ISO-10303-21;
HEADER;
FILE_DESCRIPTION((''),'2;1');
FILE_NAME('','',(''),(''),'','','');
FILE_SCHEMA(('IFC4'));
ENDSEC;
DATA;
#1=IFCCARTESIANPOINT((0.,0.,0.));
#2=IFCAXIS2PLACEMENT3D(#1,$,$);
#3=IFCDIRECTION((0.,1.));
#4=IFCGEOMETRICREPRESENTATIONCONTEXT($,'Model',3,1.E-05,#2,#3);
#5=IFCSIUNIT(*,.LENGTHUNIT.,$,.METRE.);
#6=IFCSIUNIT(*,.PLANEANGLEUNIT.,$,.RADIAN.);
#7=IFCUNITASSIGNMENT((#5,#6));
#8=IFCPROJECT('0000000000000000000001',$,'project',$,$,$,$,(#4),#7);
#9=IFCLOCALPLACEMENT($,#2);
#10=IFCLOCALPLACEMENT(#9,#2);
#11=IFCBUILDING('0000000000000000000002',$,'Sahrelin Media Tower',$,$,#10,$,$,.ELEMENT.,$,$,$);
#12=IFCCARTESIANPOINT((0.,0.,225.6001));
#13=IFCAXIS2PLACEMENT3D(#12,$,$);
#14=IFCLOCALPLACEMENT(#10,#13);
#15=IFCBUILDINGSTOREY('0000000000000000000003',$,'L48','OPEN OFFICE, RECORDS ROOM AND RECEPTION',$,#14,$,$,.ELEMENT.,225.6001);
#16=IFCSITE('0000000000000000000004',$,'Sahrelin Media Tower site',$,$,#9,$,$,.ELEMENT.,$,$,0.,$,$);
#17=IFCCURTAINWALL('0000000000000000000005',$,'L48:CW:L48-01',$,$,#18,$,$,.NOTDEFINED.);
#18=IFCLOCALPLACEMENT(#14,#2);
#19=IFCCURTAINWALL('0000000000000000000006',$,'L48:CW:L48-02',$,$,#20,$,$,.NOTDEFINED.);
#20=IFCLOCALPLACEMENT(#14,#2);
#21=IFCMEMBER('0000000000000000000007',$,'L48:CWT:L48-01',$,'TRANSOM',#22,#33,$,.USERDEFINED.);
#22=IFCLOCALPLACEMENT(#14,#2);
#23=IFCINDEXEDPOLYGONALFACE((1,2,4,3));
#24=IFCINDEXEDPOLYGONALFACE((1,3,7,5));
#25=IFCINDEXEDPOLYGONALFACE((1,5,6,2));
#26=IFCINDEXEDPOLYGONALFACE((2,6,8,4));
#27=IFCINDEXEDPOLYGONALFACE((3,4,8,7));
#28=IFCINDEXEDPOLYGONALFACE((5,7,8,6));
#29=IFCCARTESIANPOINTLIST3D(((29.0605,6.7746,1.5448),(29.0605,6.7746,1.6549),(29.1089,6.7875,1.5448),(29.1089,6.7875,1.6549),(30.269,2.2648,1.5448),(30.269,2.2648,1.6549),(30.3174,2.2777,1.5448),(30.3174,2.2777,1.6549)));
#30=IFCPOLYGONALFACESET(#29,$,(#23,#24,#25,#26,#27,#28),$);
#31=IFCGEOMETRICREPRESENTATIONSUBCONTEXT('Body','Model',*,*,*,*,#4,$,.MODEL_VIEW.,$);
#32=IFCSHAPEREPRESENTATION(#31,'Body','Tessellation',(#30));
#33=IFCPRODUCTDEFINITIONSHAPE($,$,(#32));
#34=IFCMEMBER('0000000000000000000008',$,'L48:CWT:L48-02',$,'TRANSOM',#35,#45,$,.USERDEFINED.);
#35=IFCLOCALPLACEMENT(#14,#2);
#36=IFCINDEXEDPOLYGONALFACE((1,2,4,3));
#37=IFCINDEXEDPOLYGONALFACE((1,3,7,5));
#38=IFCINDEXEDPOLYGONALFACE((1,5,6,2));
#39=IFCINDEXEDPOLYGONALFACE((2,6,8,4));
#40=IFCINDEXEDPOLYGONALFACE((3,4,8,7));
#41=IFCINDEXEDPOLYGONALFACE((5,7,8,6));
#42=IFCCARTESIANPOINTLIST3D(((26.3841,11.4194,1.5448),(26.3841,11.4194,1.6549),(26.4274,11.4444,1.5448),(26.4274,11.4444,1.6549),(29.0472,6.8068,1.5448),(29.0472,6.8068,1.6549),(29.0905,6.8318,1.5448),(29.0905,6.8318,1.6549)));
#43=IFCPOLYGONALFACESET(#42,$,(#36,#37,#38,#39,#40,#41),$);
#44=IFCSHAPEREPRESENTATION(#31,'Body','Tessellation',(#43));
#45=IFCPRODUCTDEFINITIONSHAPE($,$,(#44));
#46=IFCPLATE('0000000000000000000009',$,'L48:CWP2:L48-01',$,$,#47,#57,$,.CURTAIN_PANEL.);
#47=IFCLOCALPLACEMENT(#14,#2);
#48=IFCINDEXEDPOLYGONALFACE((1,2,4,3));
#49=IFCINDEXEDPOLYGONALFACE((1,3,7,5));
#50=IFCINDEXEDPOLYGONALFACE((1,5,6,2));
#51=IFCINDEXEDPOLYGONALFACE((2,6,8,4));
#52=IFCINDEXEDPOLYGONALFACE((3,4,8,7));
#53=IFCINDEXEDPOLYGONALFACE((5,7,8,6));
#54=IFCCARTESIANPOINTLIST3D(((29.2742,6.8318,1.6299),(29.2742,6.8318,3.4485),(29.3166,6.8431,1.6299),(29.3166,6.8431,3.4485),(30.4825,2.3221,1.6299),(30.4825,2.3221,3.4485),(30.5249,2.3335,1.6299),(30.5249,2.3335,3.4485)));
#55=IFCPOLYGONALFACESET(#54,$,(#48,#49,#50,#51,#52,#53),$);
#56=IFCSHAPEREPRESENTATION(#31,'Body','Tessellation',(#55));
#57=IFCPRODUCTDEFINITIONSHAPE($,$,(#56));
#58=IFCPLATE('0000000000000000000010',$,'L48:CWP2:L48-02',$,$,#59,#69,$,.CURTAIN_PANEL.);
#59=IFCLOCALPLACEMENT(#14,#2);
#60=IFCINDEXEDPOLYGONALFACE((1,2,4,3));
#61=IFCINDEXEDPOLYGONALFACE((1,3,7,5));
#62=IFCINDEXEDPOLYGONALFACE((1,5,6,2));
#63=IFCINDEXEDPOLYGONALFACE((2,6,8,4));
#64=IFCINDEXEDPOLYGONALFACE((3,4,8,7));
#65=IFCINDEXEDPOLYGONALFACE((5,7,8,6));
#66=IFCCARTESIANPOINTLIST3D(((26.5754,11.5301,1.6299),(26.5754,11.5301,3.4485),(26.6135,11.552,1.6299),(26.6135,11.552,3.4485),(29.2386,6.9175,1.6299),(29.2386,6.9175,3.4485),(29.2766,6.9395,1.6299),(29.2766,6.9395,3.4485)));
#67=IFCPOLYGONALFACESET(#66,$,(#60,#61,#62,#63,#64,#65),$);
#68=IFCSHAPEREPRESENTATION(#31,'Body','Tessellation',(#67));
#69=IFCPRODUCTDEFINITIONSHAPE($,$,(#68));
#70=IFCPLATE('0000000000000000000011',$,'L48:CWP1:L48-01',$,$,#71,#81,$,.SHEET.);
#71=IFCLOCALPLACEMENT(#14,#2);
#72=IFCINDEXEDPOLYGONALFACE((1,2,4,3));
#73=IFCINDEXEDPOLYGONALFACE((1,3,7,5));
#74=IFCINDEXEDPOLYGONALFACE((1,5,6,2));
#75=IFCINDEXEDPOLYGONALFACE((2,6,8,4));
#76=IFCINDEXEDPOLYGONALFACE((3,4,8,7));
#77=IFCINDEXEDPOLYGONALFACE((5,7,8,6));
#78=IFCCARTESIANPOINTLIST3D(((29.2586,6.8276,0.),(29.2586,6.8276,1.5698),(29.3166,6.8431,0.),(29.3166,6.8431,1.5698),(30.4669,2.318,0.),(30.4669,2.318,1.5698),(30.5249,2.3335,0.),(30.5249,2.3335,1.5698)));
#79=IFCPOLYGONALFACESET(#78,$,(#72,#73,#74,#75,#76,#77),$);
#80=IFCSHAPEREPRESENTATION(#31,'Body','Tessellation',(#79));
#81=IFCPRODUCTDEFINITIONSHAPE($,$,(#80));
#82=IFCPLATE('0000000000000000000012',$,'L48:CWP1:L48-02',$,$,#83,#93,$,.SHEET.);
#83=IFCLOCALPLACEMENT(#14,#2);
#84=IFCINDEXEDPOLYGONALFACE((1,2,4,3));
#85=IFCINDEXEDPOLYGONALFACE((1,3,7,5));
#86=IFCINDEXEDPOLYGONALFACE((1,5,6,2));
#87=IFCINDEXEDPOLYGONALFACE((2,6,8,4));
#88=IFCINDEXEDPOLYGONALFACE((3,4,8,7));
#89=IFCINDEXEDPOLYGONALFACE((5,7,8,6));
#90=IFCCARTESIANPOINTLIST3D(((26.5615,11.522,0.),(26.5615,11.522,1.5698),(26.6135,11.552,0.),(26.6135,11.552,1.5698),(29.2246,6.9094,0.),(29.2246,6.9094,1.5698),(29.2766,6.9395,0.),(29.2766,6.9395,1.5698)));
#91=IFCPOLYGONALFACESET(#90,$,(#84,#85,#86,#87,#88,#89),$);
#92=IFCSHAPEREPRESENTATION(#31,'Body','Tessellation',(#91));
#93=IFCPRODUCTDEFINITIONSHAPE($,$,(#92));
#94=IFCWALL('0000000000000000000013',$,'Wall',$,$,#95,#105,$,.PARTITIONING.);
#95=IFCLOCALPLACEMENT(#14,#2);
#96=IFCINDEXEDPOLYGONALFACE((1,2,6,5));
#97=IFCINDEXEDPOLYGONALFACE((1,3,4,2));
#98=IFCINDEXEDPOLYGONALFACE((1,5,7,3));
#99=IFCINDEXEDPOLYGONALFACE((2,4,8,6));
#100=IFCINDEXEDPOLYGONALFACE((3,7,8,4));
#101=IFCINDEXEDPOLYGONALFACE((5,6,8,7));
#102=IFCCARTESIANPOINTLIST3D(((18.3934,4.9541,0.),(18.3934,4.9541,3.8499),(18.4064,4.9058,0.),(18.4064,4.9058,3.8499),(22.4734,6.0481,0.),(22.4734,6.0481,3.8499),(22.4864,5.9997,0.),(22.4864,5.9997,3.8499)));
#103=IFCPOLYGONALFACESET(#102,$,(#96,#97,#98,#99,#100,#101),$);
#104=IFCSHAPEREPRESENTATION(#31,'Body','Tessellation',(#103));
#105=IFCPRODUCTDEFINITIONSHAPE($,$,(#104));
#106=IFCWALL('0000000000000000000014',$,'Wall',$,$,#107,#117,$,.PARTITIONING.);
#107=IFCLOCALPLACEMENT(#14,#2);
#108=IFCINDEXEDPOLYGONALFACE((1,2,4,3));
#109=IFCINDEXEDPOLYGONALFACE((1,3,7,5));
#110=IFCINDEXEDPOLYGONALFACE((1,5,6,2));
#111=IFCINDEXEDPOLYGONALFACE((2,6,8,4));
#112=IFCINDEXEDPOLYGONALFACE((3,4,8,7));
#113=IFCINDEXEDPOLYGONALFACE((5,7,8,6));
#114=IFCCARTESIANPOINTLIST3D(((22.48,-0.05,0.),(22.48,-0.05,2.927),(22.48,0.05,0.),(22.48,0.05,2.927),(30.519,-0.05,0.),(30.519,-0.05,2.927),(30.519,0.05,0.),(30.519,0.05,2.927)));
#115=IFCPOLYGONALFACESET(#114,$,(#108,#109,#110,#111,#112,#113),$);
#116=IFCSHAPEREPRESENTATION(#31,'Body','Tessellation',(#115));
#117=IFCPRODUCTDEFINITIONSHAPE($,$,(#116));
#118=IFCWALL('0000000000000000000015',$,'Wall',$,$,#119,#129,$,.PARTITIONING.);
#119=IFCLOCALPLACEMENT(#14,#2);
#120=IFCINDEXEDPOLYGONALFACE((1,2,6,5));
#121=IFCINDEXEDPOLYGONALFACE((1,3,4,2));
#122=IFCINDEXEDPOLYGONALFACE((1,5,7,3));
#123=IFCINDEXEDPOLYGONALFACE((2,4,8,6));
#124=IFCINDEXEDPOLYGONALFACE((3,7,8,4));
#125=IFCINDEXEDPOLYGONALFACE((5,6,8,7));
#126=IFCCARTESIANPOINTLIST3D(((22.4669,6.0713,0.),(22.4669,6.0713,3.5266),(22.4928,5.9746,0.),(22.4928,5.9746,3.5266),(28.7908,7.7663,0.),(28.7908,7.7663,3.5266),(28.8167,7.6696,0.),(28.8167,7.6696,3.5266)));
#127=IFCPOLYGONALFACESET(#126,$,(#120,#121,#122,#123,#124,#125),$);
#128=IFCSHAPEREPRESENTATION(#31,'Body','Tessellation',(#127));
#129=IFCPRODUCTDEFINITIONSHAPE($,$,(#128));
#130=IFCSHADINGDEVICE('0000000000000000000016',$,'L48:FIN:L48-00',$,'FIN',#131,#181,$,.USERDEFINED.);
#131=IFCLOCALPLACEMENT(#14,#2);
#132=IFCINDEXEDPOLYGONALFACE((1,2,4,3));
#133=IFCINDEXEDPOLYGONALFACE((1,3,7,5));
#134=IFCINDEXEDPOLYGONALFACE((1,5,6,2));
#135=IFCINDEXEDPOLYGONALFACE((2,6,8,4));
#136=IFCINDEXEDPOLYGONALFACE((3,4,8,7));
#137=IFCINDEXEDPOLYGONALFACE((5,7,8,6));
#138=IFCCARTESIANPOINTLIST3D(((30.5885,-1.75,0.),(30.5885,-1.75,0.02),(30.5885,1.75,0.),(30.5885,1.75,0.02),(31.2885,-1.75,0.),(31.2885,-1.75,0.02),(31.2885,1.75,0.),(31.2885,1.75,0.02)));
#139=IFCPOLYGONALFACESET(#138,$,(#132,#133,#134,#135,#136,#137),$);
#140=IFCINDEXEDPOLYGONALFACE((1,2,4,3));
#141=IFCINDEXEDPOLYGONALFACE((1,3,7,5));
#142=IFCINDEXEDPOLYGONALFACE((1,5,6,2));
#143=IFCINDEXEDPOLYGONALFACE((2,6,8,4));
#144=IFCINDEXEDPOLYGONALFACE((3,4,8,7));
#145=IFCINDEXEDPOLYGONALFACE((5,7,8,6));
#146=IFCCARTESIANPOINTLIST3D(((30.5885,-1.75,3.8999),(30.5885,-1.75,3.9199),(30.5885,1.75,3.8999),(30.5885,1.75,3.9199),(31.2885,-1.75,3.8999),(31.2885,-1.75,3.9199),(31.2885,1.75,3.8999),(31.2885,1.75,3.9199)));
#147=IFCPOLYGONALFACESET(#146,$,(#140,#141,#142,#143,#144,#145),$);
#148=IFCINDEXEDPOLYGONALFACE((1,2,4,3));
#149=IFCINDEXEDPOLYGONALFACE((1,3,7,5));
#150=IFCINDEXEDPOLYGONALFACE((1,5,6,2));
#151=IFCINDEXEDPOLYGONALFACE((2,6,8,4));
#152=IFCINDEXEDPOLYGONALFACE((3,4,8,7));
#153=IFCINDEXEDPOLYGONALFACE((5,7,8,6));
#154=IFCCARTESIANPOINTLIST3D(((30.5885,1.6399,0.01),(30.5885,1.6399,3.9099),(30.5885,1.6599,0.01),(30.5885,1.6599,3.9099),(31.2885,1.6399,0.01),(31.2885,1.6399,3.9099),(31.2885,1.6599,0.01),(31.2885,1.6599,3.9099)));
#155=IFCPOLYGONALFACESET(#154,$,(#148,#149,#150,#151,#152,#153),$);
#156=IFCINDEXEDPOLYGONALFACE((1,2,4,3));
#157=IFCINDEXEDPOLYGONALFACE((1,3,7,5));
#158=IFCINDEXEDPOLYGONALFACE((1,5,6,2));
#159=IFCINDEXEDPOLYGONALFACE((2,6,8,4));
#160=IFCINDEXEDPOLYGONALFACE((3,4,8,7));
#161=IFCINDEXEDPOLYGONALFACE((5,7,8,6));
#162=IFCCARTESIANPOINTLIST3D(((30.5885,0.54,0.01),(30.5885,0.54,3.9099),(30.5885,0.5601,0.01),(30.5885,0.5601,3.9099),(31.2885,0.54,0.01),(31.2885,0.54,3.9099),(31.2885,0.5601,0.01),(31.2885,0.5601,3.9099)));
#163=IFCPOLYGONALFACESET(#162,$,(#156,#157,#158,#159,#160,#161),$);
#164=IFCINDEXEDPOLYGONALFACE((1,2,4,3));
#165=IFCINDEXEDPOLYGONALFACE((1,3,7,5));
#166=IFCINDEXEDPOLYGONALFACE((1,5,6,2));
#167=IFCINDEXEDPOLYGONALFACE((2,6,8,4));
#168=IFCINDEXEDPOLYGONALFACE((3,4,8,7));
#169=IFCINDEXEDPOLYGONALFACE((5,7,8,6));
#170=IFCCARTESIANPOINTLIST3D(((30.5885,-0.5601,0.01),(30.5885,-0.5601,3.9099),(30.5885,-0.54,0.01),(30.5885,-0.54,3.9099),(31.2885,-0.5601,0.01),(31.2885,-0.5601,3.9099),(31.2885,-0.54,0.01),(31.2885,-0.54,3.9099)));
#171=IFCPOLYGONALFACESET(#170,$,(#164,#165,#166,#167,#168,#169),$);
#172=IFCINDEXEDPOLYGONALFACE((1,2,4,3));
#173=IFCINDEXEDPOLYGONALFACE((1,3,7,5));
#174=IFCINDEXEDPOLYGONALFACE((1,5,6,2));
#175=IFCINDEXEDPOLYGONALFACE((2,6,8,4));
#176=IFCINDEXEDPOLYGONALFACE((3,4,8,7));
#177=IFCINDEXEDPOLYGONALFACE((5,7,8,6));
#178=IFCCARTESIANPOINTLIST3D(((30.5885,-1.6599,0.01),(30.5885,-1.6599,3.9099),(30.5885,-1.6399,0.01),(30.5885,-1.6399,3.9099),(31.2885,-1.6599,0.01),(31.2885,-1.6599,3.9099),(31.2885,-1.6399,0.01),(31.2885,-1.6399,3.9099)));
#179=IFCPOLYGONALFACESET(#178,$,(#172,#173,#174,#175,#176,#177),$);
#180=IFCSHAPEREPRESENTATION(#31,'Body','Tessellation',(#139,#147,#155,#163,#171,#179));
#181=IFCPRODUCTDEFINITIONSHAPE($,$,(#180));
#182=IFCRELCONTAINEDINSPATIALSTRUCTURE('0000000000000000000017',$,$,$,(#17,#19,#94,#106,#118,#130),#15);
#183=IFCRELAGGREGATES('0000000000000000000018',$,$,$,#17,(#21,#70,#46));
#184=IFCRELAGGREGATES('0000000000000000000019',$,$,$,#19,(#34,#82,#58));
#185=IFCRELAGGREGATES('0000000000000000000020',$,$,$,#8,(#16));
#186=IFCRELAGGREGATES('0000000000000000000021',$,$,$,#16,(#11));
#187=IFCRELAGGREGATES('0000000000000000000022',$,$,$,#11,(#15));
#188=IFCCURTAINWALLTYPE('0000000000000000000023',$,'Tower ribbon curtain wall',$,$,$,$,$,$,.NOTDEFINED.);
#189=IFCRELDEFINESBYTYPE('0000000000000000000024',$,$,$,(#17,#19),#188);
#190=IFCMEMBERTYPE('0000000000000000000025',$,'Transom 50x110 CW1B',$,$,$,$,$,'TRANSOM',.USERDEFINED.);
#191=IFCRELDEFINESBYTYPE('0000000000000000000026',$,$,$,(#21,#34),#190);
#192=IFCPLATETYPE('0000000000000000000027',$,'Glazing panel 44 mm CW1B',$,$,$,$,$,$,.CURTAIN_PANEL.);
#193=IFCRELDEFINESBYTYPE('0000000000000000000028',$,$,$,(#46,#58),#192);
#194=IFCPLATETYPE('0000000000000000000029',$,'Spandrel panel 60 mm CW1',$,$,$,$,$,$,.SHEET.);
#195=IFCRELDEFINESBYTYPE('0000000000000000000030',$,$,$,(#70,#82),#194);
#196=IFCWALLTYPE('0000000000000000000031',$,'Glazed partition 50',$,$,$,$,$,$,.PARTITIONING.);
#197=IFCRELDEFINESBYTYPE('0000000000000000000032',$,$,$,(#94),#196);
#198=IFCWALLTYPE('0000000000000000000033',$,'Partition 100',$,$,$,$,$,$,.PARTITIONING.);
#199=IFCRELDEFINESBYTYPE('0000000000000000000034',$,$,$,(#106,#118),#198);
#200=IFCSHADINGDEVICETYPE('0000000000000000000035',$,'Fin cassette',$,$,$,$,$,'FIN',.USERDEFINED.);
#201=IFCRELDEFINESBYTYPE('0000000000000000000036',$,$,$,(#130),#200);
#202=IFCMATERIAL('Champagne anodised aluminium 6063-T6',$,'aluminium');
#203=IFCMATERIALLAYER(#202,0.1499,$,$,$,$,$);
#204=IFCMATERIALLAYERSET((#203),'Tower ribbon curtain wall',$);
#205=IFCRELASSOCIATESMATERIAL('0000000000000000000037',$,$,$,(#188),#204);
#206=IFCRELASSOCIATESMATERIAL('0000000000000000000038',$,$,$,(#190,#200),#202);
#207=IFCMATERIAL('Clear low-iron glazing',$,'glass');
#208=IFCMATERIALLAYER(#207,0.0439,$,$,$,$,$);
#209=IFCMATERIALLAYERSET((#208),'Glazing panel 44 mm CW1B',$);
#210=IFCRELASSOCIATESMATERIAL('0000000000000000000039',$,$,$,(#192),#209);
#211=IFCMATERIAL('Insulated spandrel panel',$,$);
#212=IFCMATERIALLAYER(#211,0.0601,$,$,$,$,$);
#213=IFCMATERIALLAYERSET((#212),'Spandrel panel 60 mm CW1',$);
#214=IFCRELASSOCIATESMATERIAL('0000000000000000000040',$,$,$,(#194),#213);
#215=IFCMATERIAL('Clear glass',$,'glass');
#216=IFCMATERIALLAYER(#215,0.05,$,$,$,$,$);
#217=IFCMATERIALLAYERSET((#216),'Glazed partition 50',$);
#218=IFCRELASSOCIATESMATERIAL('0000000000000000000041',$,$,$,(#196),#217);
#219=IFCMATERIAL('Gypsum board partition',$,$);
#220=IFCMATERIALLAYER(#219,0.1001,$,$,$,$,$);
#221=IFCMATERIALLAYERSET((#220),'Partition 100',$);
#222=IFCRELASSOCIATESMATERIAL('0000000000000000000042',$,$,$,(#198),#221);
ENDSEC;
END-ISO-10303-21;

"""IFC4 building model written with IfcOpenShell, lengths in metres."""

from ifc_helpers import new_model, si_unit, direction, frame, frame_2d, origin, origin_2d, place, context, subcontext, project, spatial, polyline, rectangle, outline, extrude, material, layer, layer_set, material_profile, profile_set, type_object, element, aggregate, save


model = new_model("IFC4")

# Units and contexts
model_context = context("Model", 3, precision=1e-05, world=origin(), true_north=direction((0.0, 1.0)))
body_context = subcontext(model_context, "Body", "Model", "MODEL_VIEW")
ifc_project = project(units=[si_unit("LENGTHUNIT", "METRE"), si_unit("PLANEANGLEUNIT", "RADIAN")], contexts=[model_context])

# Site, building, storey
site_placement = place(None, origin())
site = spatial("IfcSite", under=ifc_project, at=site_placement, Name="Sahrelin Media Tower site", CompositionType="ELEMENT", RefElevation=0.0)
building_placement = place(site_placement, origin())
building = spatial("IfcBuilding", under=site, at=building_placement, Name="Sahrelin Media Tower", CompositionType="ELEMENT")
storey_placement = place(building_placement, frame((0.0, 0.0, 225.6001)))
storey = spatial("IfcBuildingStorey", under=building, at=storey_placement, Name="L48", Description="OPEN OFFICE, RECORDS ROOM AND RECEPTION", CompositionType="ELEMENT", Elevation=225.6001)

# Curtain walls
ifc_material_1 = material(Name="Champagne anodised aluminium 6063-T6", Category="aluminium")
ifc_layer_1 = layer(ifc_material_1, 0.1499)
ifc_layer_set_1 = layer_set([ifc_layer_1], Name="Tower ribbon curtain wall")
curtain_wall_type = type_object("IfcCurtainWallType", Name="Tower ribbon curtain wall", PredefinedType="NOTDEFINED", material=ifc_layer_set_1)
curtain_wall_1_placement = place(storey_placement, frame((29.9016, 4.583, 0.0), z_axis=(0.0, 0.0, 1.0), x_axis=(1.0, 0.0, 0.0)))
curtain_wall_1 = element("IfcCurtainWall", 1, at=curtain_wall_1_placement, inside=storey, type_object=curtain_wall_type, Name="L48:CW:L48-01", PredefinedType="NOTDEFINED")
curtain_wall_2_placement = place(storey_placement, frame((27.928, 9.2356, 0.0), z_axis=(0.0, 0.0, 1.0), x_axis=(1.0, 0.0, 0.0)))
curtain_wall_2 = element("IfcCurtainWall", 2, at=curtain_wall_2_placement, inside=storey, type_object=curtain_wall_type, Name="L48:CW:L48-02", PredefinedType="NOTDEFINED")

# Members
ifc_material_profile_1 = material_profile(ifc_material_1, rectangle(XDim=0.05, YDim=0.1101, at=origin_2d()), Name="Transom 50x110")
ifc_profile_set_1 = profile_set([ifc_material_profile_1], Name="Champagne anodised aluminium 6063-T6")
member_type_1 = type_object("IfcMemberType", Name="Transom 50x110 CW1B", ElementType="TRANSOM", PredefinedType="USERDEFINED", material=ifc_profile_set_1)
member_1_placement = place(storey_placement, frame((30.2932, 2.2712, 1.5999), z_axis=(-0.258841, 0.96592, 0.0), x_axis=(-0.96592, -0.258841, 0.0)))
member_1 = element("IfcMember", 3, at=member_1_placement, type_object=member_type_1, Name="L48:CWT:L48-01", ObjectType="TRANSOM", PredefinedType="USERDEFINED", context=body_context, shape_type="SweptSolid", body=[
    extrude(rectangle(XDim=0.05, YDim=0.1101, at=origin_2d()), origin(), (0.0, 0.0, 1.0), 4.6689),
])
member_2_placement = place(storey_placement, frame((29.0688, 6.8193, 1.5999), z_axis=(-0.500004, 0.866023, 0.0), x_axis=(-0.866023, -0.500004, 0.0)))
member_2 = element("IfcMember", 4, at=member_2_placement, type_object=member_type_1, Name="L48:CWT:L48-02", ObjectType="TRANSOM", PredefinedType="USERDEFINED", context=body_context, shape_type="SweptSolid", body=[
    extrude(rectangle(XDim=0.05, YDim=0.1101, at=origin_2d()), origin(), (0.0, 0.0, 1.0), 5.3262),
])

# Plates
ifc_material_2 = material(Name="Clear low-iron glazing", Category="glass")
ifc_layer_2 = layer(ifc_material_2, 0.0439)
ifc_layer_set_2 = layer_set([ifc_layer_2], Name="Glazing panel 44 mm CW1B")
plate_type_1 = type_object("IfcPlateType", Name="Glazing panel 44 mm CW1B", PredefinedType="CURTAIN_PANEL", material=ifc_layer_set_2)
plate_1_placement = place(storey_placement, frame((30.5249, 2.3335, 1.6299), z_axis=(0.96593, 0.258805, 0.0), x_axis=(-0.258805, 0.96593, 0.0)))
plate_1 = element("IfcPlate", 5, at=plate_1_placement, type_object=plate_type_1, Name="L48:CWP2:L48-01", PredefinedType="CURTAIN_PANEL", context=body_context, shape_type="SweptSolid", body=[
    extrude(outline(polyline([(0.0, 0.0), (4.6687, 0.0), (4.6687, 1.8186), (0.0, 1.8186), (0.0, 0.0)])), origin(), (0.0, 0.0, -1.0), 0.0439),
])
plate_2_placement = place(storey_placement, frame((29.2766, 6.9395, 1.6299), z_axis=(0.866023, 0.500004, 0.0), x_axis=(-0.500004, 0.866023, 0.0)))
plate_2 = element("IfcPlate", 6, at=plate_2_placement, type_object=plate_type_1, Name="L48:CWP2:L48-02", PredefinedType="CURTAIN_PANEL", context=body_context, shape_type="SweptSolid", body=[
    extrude(outline(polyline([(0.0, 0.0), (5.3262, 0.0), (5.3262, 1.8186), (0.0, 1.8186), (0.0, 0.0)])), origin(), (0.0, 0.0, -1.0), 0.0439),
])
ifc_material_3 = material(Name="Insulated spandrel panel")
ifc_layer_3 = layer(ifc_material_3, 0.0601)
ifc_layer_set_3 = layer_set([ifc_layer_3], Name="Spandrel panel 60 mm CW1")
plate_type_2 = type_object("IfcPlateType", Name="Spandrel panel 60 mm CW1", PredefinedType="SHEET", material=ifc_layer_set_3)
plate_3_placement = place(storey_placement, frame((30.5249, 2.3335, 0.0), z_axis=(0.96593, 0.258805, 0.0), x_axis=(-0.258805, 0.96593, 0.0)))
plate_3 = element("IfcPlate", 7, at=plate_3_placement, type_object=plate_type_2, Name="L48:CWP1:L48-01", PredefinedType="SHEET", context=body_context, shape_type="SweptSolid", body=[
    extrude(outline(polyline([(0.0, 0.0), (4.6687, 0.0), (4.6687, 1.5698), (0.0, 1.5698), (0.0, 0.0)])), origin(), (0.0, 0.0, -1.0), 0.0601),
])
aggregate(curtain_wall_1, [member_1, plate_3, plate_1])
plate_4_placement = place(storey_placement, frame((29.2766, 6.9395, 0.0), z_axis=(0.866023, 0.500004, 0.0), x_axis=(-0.500004, 0.866023, 0.0)))
plate_4 = element("IfcPlate", 8, at=plate_4_placement, type_object=plate_type_2, Name="L48:CWP1:L48-02", PredefinedType="SHEET", context=body_context, shape_type="SweptSolid", body=[
    extrude(outline(polyline([(0.0, 0.0), (5.3262, 0.0), (5.3262, 1.5698), (0.0, 1.5698), (0.0, 0.0)])), origin(), (0.0, 0.0, -1.0), 0.0601),
])
aggregate(curtain_wall_2, [member_2, plate_4, plate_2])

# Walls
ifc_material_4 = material(Name="Clear glass", Category="glass")
ifc_layer_4 = layer(ifc_material_4, 0.05)
ifc_layer_set_4 = layer_set([ifc_layer_4], Name="Glazed partition 50")
wall_type_1 = type_object("IfcWallType", Name="Glazed partition 50", PredefinedType="PARTITIONING", material=ifc_layer_set_4)
wall_1_placement = place(storey_placement, frame((18.3999, 4.9299, 0.0), z_axis=(0.0, 0.0, 1.0), x_axis=(0.965882, 0.258983, 0.0)))
element("IfcWall", 9, at=wall_1_placement, inside=storey, type_object=wall_type_1, Name="Wall", PredefinedType="PARTITIONING", context=body_context, shape_type="SweptSolid", body=[
    extrude(rectangle(XDim=4.2241, YDim=0.05, at=frame_2d((2.1121, 0.0))), origin(), (0.0, 0.0, 1.0), 3.8499),
])
ifc_material_5 = material(Name="Gypsum board partition")
ifc_layer_5 = layer(ifc_material_5, 0.1001)
ifc_layer_set_5 = layer_set([ifc_layer_5], Name="Partition 100")
wall_type_2 = type_object("IfcWallType", Name="Partition 100", PredefinedType="PARTITIONING", material=ifc_layer_set_5)
wall_2_placement = place(storey_placement, frame((22.48, 0.0, 0.0), z_axis=(0.0, 0.0, 1.0), x_axis=(1.0, 0.0, 0.0)))
element("IfcWall", 10, at=wall_2_placement, inside=storey, type_object=wall_type_2, Name="Wall", PredefinedType="PARTITIONING", context=body_context, shape_type="SweptSolid", body=[
    extrude(rectangle(XDim=8.0391, YDim=0.1001, at=frame_2d((4.0195, 0.0))), origin(), (0.0, 0.0, 1.0), 2.927),
])
wall_3_placement = place(storey_placement, frame((22.48, 6.0229, 0.0), z_axis=(0.0, 0.0, 1.0), x_axis=(0.965904, 0.258899, 0.0)))
element("IfcWall", 11, at=wall_3_placement, inside=storey, type_object=wall_type_2, Name="Wall", PredefinedType="PARTITIONING", context=body_context, shape_type="SweptSolid", body=[
    extrude(rectangle(XDim=6.5471, YDim=0.1001, at=frame_2d((3.2734, 0.0))), origin(), (0.0, 0.0, 1.0), 3.5266),
])

# Shading device
shading_device_type_1 = type_object("IfcShadingDeviceType", Name="Fin cassette", ElementType="FIN", PredefinedType="USERDEFINED", material=ifc_material_1)
placement_1 = place(storey_placement, frame((30.5186, 0.0, 0.0), z_axis=(0.0, 0.0, 1.0), x_axis=(0.0, -1.0, 0.0)))
element("IfcShadingDevice", 12, at=placement_1, inside=storey, type_object=shading_device_type_1, Name="L48:FIN:L48-00", ObjectType="FIN", PredefinedType="USERDEFINED", context=body_context, shape_type="SweptSolid", body=[
    extrude(rectangle(XDim=3.5, YDim=0.7, at=origin_2d()), frame((0.0, 0.4199, 0.0)), (0.0, 0.0, 1.0), 0.02),
    extrude(rectangle(XDim=3.5, YDim=0.7, at=origin_2d()), frame((0.0, 0.4199, 3.8999)), (0.0, 0.0, 1.0), 0.02),
    extrude(rectangle(XDim=0.02, YDim=0.7, at=origin_2d()), frame((-1.6499, 0.4199, 0.01), z_axis=(0.0, 0.0, 1.0), x_axis=(1.0, 0.0, 0.0)), (0.0, 0.0, 1.0), 3.8999),
    extrude(rectangle(XDim=0.02, YDim=0.7, at=origin_2d()), frame((-0.55, 0.4199, 0.01), z_axis=(0.0, 0.0, 1.0), x_axis=(1.0, 0.0, 0.0)), (0.0, 0.0, 1.0), 3.8999),
    extrude(rectangle(XDim=0.02, YDim=0.7, at=origin_2d()), frame((0.55, 0.4199, 0.01), z_axis=(0.0, 0.0, 1.0), x_axis=(1.0, 0.0, 0.0)), (0.0, 0.0, 1.0), 3.8999),
    extrude(rectangle(XDim=0.02, YDim=0.7, at=origin_2d()), frame((1.6499, 0.4199, 0.01), z_axis=(0.0, 0.0, 1.0), x_axis=(1.0, 0.0, 0.0)), (0.0, 0.0, 1.0), 3.8999),
])

save(model, "model.ifc")
